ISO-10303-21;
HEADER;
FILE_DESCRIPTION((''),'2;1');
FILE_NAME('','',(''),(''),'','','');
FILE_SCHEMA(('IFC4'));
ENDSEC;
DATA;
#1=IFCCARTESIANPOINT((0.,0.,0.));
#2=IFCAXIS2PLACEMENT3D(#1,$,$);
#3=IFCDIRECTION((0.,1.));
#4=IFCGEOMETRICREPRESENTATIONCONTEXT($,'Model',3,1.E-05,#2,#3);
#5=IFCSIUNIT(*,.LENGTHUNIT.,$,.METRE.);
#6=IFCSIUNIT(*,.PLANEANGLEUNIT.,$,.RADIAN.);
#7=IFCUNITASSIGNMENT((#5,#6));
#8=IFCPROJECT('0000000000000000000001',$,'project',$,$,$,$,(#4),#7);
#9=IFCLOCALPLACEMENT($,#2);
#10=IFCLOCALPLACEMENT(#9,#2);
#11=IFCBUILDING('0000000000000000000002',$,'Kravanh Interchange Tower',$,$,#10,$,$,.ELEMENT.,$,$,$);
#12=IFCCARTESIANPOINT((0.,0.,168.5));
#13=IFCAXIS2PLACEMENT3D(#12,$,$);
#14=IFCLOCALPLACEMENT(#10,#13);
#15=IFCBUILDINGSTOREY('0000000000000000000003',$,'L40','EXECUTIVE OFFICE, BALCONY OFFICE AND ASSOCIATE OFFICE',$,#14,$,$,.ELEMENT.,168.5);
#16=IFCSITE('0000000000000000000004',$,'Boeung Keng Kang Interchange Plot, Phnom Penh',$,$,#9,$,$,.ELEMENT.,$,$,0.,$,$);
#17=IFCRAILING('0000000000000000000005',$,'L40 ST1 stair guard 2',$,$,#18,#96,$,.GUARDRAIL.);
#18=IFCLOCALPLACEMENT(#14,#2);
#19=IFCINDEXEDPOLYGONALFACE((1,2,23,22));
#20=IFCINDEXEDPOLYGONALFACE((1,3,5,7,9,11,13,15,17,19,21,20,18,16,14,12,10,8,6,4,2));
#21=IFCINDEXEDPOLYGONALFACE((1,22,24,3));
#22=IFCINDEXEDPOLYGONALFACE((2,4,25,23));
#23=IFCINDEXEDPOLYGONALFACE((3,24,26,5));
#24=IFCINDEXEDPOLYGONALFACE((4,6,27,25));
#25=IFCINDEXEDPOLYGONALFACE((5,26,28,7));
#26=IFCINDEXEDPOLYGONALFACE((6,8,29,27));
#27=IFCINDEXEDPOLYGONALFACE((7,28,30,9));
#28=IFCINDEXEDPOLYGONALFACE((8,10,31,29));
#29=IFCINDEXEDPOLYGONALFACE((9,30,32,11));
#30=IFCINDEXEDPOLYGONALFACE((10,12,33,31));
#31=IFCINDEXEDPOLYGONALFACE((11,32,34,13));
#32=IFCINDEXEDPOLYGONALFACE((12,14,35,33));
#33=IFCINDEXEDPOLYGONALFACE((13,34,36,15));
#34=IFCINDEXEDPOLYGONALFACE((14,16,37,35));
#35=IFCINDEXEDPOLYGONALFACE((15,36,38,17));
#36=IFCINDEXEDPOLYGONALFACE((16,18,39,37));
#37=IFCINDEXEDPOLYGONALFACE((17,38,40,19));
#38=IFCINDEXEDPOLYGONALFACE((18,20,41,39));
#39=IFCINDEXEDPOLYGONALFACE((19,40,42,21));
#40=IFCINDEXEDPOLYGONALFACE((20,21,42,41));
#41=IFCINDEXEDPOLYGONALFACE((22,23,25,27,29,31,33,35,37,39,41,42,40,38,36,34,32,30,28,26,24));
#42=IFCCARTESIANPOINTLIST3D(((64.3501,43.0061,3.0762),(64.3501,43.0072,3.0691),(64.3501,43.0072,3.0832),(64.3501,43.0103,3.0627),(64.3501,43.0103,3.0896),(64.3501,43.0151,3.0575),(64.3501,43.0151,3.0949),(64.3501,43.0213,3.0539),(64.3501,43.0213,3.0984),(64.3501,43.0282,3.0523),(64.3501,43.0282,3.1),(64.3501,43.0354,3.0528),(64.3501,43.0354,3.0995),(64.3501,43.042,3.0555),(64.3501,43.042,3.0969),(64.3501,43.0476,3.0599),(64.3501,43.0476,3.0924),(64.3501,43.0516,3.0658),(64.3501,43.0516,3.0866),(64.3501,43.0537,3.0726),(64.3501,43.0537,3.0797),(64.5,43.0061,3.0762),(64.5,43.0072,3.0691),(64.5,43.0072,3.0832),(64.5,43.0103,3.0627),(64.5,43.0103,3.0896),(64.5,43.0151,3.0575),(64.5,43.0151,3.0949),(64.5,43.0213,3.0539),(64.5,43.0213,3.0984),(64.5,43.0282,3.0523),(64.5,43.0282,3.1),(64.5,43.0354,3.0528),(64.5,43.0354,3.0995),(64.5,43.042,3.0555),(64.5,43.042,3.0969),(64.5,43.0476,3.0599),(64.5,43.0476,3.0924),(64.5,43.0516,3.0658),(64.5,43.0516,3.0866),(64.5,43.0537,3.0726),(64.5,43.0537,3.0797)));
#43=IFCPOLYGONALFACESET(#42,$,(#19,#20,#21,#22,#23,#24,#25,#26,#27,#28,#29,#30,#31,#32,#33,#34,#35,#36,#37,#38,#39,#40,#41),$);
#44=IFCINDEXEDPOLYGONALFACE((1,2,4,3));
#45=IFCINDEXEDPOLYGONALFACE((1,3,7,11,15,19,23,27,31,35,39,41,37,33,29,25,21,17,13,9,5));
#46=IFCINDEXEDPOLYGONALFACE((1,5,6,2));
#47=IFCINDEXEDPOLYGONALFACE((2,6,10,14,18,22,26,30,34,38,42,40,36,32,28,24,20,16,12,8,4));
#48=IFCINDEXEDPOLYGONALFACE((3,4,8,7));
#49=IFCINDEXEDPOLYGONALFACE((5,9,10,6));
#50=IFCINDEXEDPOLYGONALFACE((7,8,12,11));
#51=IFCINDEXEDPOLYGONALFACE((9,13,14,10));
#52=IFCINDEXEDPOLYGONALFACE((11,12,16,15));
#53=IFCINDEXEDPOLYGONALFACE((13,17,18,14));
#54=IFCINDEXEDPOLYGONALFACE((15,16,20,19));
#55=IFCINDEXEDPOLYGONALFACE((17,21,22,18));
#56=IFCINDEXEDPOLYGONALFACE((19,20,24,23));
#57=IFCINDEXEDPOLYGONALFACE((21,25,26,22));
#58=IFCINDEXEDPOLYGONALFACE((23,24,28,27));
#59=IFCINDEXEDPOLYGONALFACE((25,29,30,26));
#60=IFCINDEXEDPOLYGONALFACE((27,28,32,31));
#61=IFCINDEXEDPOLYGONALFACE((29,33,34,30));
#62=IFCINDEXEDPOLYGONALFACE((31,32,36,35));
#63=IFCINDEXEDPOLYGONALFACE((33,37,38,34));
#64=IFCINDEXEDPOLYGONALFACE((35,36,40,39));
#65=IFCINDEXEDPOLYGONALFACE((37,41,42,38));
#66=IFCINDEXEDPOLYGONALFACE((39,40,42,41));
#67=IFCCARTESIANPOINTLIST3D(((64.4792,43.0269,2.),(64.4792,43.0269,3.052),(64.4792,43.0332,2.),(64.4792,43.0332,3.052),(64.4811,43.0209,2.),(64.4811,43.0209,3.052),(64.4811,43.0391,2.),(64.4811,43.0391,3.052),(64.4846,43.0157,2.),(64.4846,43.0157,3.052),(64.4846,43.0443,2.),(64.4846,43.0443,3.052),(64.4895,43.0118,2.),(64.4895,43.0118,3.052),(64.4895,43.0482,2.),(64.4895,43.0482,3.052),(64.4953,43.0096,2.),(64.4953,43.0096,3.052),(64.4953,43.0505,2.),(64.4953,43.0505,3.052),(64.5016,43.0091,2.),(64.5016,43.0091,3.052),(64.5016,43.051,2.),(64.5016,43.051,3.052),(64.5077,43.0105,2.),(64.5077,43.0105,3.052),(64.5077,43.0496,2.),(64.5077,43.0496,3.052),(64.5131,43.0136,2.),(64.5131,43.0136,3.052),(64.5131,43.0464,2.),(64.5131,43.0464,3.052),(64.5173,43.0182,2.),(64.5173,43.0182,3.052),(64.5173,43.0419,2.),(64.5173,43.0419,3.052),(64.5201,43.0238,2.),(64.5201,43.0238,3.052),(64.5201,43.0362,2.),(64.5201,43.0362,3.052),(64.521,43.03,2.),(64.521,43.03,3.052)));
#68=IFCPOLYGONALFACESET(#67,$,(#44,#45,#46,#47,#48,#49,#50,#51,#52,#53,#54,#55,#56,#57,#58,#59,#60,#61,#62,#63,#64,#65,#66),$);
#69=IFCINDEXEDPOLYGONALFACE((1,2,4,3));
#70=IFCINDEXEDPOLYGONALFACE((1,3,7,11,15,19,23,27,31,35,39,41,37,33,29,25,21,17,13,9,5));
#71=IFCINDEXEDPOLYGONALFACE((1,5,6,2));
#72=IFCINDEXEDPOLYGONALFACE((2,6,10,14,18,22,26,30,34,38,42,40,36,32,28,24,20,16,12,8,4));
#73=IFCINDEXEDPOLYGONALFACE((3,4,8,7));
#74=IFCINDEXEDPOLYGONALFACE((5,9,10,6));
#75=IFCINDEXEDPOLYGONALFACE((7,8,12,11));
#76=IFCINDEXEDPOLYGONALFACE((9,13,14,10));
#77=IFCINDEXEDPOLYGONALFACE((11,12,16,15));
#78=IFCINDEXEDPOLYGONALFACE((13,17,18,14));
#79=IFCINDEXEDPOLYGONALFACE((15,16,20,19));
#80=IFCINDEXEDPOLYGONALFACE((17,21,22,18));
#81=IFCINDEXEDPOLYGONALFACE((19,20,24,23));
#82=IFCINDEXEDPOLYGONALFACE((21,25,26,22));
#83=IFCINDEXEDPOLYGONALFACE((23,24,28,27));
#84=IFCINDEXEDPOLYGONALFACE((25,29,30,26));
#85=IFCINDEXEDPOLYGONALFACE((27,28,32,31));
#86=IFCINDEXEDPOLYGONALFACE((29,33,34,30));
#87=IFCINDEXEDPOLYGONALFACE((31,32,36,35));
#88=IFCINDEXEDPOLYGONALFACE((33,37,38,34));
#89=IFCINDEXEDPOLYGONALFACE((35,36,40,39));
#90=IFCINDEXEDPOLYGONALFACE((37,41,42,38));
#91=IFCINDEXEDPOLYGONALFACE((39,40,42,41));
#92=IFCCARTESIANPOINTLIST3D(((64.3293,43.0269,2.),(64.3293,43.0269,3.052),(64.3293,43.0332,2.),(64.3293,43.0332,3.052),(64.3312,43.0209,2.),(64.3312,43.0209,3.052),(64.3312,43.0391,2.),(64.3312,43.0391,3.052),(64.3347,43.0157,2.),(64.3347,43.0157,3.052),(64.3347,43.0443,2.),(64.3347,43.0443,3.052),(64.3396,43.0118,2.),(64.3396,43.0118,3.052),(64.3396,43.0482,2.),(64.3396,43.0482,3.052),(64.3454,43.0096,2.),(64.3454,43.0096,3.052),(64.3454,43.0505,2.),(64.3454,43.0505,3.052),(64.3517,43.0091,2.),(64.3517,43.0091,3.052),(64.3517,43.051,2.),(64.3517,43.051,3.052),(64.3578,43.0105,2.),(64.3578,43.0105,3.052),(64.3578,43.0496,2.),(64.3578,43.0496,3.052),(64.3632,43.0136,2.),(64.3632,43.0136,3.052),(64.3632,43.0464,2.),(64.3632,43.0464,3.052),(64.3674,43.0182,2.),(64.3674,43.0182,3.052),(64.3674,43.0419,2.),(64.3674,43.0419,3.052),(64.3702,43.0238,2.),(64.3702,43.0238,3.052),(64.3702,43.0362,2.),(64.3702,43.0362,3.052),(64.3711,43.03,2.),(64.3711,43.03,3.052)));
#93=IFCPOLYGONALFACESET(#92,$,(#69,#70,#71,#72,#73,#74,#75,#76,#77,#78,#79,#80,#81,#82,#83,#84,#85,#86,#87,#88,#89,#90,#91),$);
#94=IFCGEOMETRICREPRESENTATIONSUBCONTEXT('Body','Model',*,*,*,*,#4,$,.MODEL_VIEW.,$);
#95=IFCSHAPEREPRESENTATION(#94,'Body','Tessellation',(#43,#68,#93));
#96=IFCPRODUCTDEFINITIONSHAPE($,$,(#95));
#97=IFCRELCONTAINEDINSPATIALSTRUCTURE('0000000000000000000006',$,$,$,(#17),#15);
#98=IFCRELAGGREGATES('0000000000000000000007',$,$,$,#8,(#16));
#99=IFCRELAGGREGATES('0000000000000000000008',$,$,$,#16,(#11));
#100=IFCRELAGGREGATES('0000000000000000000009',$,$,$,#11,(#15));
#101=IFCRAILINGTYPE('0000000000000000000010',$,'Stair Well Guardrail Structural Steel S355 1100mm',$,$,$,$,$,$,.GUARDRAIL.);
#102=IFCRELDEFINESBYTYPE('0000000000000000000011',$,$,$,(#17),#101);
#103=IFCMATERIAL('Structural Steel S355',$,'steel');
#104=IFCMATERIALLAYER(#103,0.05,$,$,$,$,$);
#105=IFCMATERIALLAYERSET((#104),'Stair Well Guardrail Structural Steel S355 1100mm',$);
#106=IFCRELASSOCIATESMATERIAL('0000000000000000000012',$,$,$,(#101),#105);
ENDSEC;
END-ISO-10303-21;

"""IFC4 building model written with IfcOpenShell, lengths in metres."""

from ifc_helpers import new_model, si_unit, direction, frame, origin, origin_2d, place, context, subcontext, project, spatial, circle, extrude, material, layer, layer_set, type_object, element, save


model = new_model("IFC4")

# Units and contexts
model_context = context("Model", 3, precision=1e-05, world=origin(), true_north=direction((0.0, 1.0)))
body_context = subcontext(model_context, "Body", "Model", "MODEL_VIEW")
ifc_project = project(units=[si_unit("LENGTHUNIT", "METRE"), si_unit("PLANEANGLEUNIT", "RADIAN")], contexts=[model_context])

# Site, building, storey
site_placement = place(None, origin())
site = spatial("IfcSite", under=ifc_project, at=site_placement, Name="Boeung Keng Kang Interchange Plot, Phnom Penh", CompositionType="ELEMENT", RefElevation=0.0)
building_placement = place(site_placement, origin())
building = spatial("IfcBuilding", under=site, at=building_placement, Name="Kravanh Interchange Tower", CompositionType="ELEMENT")
storey_placement = place(building_placement, frame((0.0, 0.0, 168.5)))
storey = spatial("IfcBuildingStorey", under=building, at=storey_placement, Name="L40", Description="EXECUTIVE OFFICE, BALCONY OFFICE AND ASSOCIATE OFFICE", CompositionType="ELEMENT", Elevation=168.5)

# Railing
ifc_material_1 = material(Name="Structural Steel S355", Category="steel")
ifc_layer_1 = layer(ifc_material_1, 0.05)
ifc_layer_set_1 = layer_set([ifc_layer_1], Name="Stair Well Guardrail Structural Steel S355 1100mm")
railing_type_1 = type_object("IfcRailingType", Name="Stair Well Guardrail Structural Steel S355 1100mm", PredefinedType="GUARDRAIL", material=ifc_layer_set_1)
railing_1_placement = place(storey_placement, frame((64.5, 43.03, 2.0)))
element("IfcRailing", 1, at=railing_1_placement, inside=storey, type_object=railing_type_1, Name="L40 ST1 stair guard 2", PredefinedType="GUARDRAIL", context=body_context, shape_type="SweptSolid", body=[
    extrude(circle(Radius=0.0239, at=origin_2d()), frame((0.0, 0.0, 1.0762), z_axis=(-1.0, 0.0, 0.0), x_axis=(0.0, -1.0, 0.0)), (0.0, 0.0, 1.0), 0.1499),
    extrude(circle(Radius=0.021, at=origin_2d()), origin(), (0.0, 0.0, 1.0), 1.052),
    extrude(circle(Radius=0.021, at=origin_2d()), frame((-0.1499, 0.0, 0.0)), (0.0, 0.0, 1.0), 1.052),
])

save(model, "model.ifc")
